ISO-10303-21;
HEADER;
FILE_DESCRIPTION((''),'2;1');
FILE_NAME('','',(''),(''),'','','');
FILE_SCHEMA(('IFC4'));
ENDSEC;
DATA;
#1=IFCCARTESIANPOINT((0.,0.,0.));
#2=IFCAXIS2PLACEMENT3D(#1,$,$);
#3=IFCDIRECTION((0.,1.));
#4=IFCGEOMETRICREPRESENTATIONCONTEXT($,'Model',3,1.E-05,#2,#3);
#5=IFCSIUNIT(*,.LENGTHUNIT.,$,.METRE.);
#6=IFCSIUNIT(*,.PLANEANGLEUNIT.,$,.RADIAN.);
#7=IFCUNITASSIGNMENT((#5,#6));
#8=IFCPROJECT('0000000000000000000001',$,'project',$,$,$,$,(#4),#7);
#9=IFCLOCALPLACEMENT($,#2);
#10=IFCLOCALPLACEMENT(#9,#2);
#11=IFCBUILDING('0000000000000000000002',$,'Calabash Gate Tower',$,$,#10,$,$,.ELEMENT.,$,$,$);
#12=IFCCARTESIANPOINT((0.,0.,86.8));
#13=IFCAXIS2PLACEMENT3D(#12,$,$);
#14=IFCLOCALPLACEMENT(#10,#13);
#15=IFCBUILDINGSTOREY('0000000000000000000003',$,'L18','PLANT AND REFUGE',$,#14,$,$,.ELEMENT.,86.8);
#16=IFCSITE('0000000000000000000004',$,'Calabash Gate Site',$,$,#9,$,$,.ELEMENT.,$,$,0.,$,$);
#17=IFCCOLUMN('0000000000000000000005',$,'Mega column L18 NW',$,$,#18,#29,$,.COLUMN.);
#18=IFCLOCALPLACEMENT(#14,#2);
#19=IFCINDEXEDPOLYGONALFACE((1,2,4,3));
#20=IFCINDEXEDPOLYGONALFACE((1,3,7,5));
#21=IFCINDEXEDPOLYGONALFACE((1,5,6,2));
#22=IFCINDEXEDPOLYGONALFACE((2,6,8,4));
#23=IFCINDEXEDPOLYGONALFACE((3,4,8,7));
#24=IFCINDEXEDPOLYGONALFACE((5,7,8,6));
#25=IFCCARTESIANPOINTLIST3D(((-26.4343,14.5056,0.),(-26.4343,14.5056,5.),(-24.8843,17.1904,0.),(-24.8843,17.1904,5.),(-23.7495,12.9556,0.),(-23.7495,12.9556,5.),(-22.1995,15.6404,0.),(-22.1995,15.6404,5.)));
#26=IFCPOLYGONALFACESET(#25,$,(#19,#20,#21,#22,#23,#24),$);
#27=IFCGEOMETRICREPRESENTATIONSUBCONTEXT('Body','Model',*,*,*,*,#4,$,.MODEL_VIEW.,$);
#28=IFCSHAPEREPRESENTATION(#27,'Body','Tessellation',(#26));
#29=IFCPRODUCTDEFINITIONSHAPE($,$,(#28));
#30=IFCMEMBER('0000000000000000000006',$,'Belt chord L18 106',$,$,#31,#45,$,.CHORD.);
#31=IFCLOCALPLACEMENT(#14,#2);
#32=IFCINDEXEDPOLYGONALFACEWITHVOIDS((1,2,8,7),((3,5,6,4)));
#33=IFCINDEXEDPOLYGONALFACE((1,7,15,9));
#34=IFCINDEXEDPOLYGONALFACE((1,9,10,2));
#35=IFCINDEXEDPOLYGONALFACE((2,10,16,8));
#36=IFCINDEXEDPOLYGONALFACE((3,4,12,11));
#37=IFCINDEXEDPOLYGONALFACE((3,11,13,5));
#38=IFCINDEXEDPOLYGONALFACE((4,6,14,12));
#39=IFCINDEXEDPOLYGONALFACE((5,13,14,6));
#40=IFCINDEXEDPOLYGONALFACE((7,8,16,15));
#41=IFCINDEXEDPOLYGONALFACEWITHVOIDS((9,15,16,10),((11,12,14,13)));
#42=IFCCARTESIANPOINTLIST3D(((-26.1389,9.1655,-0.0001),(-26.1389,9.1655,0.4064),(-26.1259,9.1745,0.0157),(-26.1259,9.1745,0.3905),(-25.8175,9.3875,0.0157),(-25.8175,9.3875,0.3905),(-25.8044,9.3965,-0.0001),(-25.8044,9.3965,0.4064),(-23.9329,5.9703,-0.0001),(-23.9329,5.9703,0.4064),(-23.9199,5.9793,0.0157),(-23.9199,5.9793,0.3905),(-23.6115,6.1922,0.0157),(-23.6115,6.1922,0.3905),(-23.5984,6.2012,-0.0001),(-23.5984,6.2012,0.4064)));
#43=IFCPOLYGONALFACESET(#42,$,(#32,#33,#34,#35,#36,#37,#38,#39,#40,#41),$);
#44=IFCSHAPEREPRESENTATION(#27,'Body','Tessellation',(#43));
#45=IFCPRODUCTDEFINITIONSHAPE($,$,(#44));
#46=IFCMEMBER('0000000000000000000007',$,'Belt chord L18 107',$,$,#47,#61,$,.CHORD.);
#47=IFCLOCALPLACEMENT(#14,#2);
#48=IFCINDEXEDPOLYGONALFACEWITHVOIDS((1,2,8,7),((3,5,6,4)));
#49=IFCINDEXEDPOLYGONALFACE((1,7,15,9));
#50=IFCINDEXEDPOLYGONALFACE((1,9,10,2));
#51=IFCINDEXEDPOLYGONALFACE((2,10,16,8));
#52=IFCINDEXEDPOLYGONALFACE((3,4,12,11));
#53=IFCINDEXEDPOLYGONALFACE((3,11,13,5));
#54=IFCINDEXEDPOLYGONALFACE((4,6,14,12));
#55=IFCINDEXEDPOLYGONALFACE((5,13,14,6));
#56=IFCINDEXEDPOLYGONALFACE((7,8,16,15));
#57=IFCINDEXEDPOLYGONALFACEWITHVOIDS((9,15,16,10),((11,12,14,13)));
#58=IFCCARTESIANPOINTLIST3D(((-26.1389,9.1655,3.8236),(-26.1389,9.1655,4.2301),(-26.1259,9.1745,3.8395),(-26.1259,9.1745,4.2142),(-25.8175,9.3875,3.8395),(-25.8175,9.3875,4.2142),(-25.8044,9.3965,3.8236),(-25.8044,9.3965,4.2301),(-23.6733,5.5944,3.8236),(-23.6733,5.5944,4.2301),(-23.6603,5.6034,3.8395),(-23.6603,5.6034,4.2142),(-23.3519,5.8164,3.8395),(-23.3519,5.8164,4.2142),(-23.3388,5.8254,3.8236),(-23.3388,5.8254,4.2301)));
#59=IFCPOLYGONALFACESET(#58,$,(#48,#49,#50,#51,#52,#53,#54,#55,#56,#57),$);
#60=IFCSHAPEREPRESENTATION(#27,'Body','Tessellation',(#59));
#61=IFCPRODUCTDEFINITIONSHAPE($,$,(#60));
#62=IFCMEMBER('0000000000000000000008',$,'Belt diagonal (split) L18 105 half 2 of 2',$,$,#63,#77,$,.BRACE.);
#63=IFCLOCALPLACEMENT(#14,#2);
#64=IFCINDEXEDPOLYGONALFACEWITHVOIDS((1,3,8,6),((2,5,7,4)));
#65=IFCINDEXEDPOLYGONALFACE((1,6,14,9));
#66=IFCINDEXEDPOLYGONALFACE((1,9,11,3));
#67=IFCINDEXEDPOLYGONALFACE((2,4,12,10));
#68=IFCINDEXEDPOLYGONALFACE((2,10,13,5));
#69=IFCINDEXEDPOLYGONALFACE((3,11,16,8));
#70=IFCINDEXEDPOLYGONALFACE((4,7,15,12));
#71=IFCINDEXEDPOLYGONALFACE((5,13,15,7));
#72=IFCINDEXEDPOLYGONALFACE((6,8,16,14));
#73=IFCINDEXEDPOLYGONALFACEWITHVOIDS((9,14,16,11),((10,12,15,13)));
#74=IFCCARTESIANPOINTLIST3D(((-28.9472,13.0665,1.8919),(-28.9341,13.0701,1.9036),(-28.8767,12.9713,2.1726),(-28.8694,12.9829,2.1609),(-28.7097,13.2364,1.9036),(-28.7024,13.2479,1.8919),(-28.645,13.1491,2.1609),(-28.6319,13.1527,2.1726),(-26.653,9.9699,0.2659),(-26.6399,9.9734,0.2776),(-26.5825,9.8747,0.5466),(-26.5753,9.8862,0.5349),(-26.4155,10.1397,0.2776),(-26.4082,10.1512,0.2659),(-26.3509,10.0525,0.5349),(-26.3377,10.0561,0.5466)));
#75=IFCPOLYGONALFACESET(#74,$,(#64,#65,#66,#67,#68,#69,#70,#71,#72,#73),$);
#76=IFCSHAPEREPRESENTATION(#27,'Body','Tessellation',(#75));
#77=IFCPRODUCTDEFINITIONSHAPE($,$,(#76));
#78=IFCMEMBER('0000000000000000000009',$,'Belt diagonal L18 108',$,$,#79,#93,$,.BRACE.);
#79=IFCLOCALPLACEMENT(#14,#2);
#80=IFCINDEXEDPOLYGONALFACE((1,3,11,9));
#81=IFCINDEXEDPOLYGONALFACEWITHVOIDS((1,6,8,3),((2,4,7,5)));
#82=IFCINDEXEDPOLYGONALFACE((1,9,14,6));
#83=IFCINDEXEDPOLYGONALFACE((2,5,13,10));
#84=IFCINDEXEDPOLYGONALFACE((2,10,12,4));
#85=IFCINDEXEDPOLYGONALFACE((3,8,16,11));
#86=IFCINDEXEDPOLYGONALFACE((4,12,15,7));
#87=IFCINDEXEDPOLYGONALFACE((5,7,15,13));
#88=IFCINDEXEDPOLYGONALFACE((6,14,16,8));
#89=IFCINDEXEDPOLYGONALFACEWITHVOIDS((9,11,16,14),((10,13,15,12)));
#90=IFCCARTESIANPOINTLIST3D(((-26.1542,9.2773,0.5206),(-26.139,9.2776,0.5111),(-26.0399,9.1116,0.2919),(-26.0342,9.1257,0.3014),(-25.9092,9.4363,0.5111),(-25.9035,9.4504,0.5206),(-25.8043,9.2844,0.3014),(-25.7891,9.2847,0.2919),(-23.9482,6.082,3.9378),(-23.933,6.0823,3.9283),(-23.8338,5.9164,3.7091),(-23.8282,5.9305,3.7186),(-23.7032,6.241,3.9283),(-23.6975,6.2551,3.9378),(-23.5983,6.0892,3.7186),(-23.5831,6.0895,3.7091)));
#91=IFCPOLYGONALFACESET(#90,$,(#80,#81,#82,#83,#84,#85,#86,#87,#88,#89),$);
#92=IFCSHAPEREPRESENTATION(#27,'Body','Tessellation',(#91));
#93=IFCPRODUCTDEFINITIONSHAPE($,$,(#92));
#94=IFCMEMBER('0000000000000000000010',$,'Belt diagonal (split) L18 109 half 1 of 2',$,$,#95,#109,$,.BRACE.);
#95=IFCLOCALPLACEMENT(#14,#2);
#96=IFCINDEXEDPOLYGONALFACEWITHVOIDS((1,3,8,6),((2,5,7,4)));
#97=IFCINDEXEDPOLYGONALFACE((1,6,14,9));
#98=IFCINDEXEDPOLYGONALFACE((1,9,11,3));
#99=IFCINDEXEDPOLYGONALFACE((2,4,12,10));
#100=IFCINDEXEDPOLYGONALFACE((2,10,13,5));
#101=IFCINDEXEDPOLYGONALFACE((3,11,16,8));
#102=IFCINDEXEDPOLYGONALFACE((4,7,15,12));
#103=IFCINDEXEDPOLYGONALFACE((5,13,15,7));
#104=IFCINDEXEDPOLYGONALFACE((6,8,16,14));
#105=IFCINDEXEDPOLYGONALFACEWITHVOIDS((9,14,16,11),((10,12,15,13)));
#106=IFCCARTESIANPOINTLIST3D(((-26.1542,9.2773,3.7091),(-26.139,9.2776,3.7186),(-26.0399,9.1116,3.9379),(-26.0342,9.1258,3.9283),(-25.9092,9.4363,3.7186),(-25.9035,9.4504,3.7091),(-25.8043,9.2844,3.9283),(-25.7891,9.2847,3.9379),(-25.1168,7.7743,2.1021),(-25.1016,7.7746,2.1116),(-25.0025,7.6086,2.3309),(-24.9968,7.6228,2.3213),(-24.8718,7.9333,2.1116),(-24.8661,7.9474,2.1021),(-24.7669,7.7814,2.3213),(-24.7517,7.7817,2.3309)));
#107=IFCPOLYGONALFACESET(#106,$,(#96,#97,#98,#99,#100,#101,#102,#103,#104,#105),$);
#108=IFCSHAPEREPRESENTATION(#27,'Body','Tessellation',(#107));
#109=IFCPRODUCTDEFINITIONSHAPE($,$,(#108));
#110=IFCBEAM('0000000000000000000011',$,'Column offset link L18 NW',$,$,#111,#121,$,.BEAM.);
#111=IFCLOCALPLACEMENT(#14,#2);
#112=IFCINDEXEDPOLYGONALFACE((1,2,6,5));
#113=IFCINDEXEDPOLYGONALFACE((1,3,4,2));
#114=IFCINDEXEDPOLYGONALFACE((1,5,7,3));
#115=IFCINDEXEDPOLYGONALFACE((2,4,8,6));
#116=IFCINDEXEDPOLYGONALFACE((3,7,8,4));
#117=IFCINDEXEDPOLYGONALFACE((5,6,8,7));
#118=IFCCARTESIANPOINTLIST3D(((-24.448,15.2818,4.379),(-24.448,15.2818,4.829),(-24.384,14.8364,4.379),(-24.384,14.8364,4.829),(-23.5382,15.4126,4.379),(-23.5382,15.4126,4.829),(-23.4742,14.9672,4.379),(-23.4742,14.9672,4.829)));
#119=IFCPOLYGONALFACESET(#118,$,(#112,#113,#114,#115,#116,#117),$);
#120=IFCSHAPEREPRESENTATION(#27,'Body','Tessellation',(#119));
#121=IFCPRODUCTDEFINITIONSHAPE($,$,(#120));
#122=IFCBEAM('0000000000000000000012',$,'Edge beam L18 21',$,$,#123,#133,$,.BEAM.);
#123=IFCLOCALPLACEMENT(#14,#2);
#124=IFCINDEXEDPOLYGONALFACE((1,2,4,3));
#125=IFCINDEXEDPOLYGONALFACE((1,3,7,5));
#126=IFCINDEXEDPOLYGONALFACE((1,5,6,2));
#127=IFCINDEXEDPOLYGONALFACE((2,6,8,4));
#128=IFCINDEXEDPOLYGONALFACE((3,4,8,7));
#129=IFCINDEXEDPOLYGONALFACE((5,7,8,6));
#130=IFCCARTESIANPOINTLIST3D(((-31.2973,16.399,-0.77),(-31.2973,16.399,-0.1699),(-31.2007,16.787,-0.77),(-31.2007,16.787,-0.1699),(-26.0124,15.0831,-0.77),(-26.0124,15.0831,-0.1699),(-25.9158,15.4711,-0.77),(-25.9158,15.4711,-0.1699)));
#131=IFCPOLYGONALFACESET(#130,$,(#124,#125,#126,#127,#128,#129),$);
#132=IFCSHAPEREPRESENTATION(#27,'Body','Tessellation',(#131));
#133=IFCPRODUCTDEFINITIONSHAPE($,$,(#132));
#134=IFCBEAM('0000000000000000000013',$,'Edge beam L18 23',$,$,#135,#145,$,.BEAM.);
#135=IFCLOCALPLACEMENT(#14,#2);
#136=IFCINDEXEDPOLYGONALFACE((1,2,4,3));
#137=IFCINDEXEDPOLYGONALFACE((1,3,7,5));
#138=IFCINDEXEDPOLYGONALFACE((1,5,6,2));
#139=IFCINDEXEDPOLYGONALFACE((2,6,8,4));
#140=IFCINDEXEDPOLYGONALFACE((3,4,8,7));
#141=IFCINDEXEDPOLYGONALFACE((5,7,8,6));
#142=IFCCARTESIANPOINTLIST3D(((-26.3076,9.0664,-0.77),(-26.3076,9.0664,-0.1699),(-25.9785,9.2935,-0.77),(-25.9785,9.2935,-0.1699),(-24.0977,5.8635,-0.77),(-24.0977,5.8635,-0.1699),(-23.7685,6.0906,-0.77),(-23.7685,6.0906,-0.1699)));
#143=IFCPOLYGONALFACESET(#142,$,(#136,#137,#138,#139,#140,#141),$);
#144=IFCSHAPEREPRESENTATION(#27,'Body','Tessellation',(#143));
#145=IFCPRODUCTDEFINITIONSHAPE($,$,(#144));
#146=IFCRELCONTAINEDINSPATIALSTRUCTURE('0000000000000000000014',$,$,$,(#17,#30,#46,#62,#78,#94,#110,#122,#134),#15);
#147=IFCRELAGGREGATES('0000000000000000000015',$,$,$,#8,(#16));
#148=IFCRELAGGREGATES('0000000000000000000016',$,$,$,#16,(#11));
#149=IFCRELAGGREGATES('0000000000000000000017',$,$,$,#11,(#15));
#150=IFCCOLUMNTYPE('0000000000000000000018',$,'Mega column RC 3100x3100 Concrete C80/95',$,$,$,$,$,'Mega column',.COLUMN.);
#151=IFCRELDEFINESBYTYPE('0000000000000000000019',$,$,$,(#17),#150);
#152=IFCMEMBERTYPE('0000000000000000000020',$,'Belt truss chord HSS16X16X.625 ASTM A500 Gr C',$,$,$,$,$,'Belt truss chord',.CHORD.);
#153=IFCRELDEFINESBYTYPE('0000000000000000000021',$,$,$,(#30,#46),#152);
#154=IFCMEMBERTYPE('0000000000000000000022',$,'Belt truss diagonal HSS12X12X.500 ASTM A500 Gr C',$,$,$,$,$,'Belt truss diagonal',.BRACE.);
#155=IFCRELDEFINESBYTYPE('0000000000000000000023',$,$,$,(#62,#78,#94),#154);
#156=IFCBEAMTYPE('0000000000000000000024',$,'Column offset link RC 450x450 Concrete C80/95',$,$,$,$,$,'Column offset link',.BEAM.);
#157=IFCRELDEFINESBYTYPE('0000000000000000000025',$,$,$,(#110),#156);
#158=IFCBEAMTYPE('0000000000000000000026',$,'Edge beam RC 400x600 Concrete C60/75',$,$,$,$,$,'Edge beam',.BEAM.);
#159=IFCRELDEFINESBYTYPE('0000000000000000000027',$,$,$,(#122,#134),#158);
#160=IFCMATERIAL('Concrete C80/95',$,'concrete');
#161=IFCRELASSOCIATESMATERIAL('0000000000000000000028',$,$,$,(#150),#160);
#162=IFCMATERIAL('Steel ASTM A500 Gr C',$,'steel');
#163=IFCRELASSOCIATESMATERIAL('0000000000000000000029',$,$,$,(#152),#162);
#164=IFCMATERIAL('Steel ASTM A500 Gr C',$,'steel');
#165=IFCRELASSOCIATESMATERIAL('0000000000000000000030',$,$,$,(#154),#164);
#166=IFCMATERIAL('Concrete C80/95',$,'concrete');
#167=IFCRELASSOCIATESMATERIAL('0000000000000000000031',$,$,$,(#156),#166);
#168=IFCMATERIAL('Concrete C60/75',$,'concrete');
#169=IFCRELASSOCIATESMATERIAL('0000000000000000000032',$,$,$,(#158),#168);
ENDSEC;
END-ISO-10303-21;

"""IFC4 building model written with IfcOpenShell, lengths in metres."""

from ifc_helpers import new_model, si_unit, direction, frame, origin, origin_2d, place, context, subcontext, project, spatial, rectangle, hollow_rectangle, extrude, material, material_profile, profile_set, type_object, element, save


model = new_model("IFC4")

# Units and contexts
model_context = context("Model", 3, precision=1e-05, world=origin(), true_north=direction((0.0, 1.0)))
body_context = subcontext(model_context, "Body", "Model", "MODEL_VIEW")
ifc_project = project(units=[si_unit("LENGTHUNIT", "METRE"), si_unit("PLANEANGLEUNIT", "RADIAN")], contexts=[model_context])

# Site, building, storey
site_placement = place(None, origin())
site = spatial("IfcSite", under=ifc_project, at=site_placement, Name="Calabash Gate Site", CompositionType="ELEMENT", RefElevation=0.0)
building_placement = place(site_placement, origin())
building = spatial("IfcBuilding", under=site, at=building_placement, Name="Calabash Gate Tower", CompositionType="ELEMENT")
storey_placement = place(building_placement, frame((0.0, 0.0, 86.8)))
storey = spatial("IfcBuildingStorey", under=building, at=storey_placement, Name="L18", Description="PLANT AND REFUGE", CompositionType="ELEMENT", Elevation=86.8)

# Column
ifc_material_1 = material(Name="Concrete C80/95", Category="concrete")
ifc_material_profile_1 = material_profile(ifc_material_1, rectangle(XDim=3.1001, YDim=3.1001, at=origin_2d()))
ifc_profile_set_1 = profile_set([ifc_material_profile_1], Name="Concrete C80/95")
column_type_1 = type_object("IfcColumnType", Name="Mega column RC 3100x3100 Concrete C80/95", ElementType="Mega column", PredefinedType="COLUMN", material=ifc_profile_set_1)
column_1_placement = place(storey_placement, frame((-24.3169, 15.073, 0.0), z_axis=(0.0, 0.0, 1.0), x_axis=(0.866025, -0.5, 0.0)))
element("IfcColumn", 1, at=column_1_placement, inside=storey, type_object=column_type_1, Name="Mega column L18 NW", PredefinedType="COLUMN", context=body_context, shape_type="SweptSolid", body=[
    extrude(rectangle(XDim=3.1001, YDim=3.1001, at=origin_2d()), origin(), (0.0, 0.0, 1.0), 5.0),
])

# Members
ifc_material_2 = material(Name="Steel ASTM A500 Gr C", Category="steel")
ifc_material_profile_2 = material_profile(ifc_material_2, hollow_rectangle(XDim=0.4065, YDim=0.4065, WallThickness=0.0159, at=origin_2d()))
ifc_profile_set_2 = profile_set([ifc_material_profile_2], Name="Steel ASTM A500 Gr C")
member_type_1 = type_object("IfcMemberType", Name="Belt truss chord HSS16X16X.625 ASTM A500 Gr C", ElementType="Belt truss chord", PredefinedType="CHORD", material=ifc_profile_set_2)
member_1_placement = place(storey_placement, frame((-25.9717, 9.281, 0.2031), z_axis=(0.56815, -0.822925, 0.0), x_axis=(0.822925, 0.56815, 0.0)))
element("IfcMember", 2, at=member_1_placement, inside=storey, type_object=member_type_1, Name="Belt chord L18 106", PredefinedType="CHORD", context=body_context, shape_type="SweptSolid", body=[
    extrude(hollow_rectangle(XDim=0.4065, YDim=0.4065, WallThickness=0.0159, at=origin_2d()), origin(), (0.0, 0.0, 1.0), 3.8828),
])
member_2_placement = place(storey_placement, frame((-25.9717, 9.281, 4.0269), z_axis=(0.568168, -0.822913, 0.0), x_axis=(0.822913, 0.568168, 0.0)))
element("IfcMember", 3, at=member_2_placement, inside=storey, type_object=member_type_1, Name="Belt chord L18 107", PredefinedType="CHORD", context=body_context, shape_type="SweptSolid", body=[
    extrude(hollow_rectangle(XDim=0.4065, YDim=0.4065, WallThickness=0.0159, at=origin_2d()), origin(), (0.0, 0.0, 1.0), 4.3396),
])
ifc_material_3 = material(Name="Steel ASTM A500 Gr C", Category="steel")
ifc_material_profile_3 = material_profile(ifc_material_3, hollow_rectangle(XDim=0.3047, YDim=0.3047, WallThickness=0.0127, at=origin_2d()))
ifc_profile_set_3 = profile_set([ifc_material_profile_3], Name="Steel ASTM A500 Gr C")
member_type_2 = type_object("IfcMemberType", Name="Belt truss diagonal HSS12X12X.500 ASTM A500 Gr C", ElementType="Belt truss diagonal", PredefinedType="BRACE", material=ifc_profile_set_3)
member_3_placement = place(storey_placement, frame((-28.7896, 13.1096, 2.0322), z_axis=(0.548471, -0.740321, -0.388721), x_axis=(0.803513, 0.595287, 0.0)))
element("IfcMember", 4, at=member_3_placement, inside=storey, type_object=member_type_2, Name="Belt diagonal (split) L18 105 half 2 of 2", PredefinedType="BRACE", context=body_context, shape_type="SweptSolid", body=[
    extrude(hollow_rectangle(XDim=0.3047, YDim=0.3047, WallThickness=0.0127, at=origin_2d()), origin(), (0.0, 0.0, 1.0), 4.1829),
])
member_4_placement = place(storey_placement, frame((-25.9717, 9.281, 0.4062), z_axis=(0.426501, -0.617757, 0.660662), x_axis=(0.822925, 0.56815, 0.0)))
element("IfcMember", 5, at=member_4_placement, inside=storey, type_object=member_type_2, Name="Belt diagonal L18 108", PredefinedType="BRACE", context=body_context, shape_type="SweptSolid", body=[
    extrude(hollow_rectangle(XDim=0.3047, YDim=0.3047, WallThickness=0.0127, at=origin_2d()), origin(), (0.0, 0.0, 1.0), 5.1724),
])
member_5_placement = place(storey_placement, frame((-25.9717, 9.281, 3.8235), z_axis=(0.426453, -0.61785, -0.660605), x_axis=(0.822995, 0.568048, 0.0)))
element("IfcMember", 6, at=member_5_placement, inside=storey, type_object=member_type_2, Name="Belt diagonal (split) L18 109 half 1 of 2", PredefinedType="BRACE", context=body_context, shape_type="SweptSolid", body=[
    extrude(hollow_rectangle(XDim=0.3047, YDim=0.3047, WallThickness=0.0127, at=origin_2d()), origin(), (0.0, 0.0, 1.0), 2.4326),
])

# Beams
ifc_material_4 = material(Name="Concrete C80/95", Category="concrete")
ifc_material_profile_4 = material_profile(ifc_material_4, rectangle(XDim=0.45, YDim=0.45, at=origin_2d()))
ifc_profile_set_4 = profile_set([ifc_material_profile_4], Name="Concrete C80/95")
beam_type_1 = type_object("IfcBeamType", Name="Column offset link RC 450x450 Concrete C80/95", ElementType="Column offset link", PredefinedType="BEAM", material=ifc_profile_set_4)
beam_1_placement = place(storey_placement, frame((-24.416, 15.0591, 4.604), z_axis=(0.989816, 0.142351, 0.0), x_axis=(-0.142351, 0.989816, 0.0)))
element("IfcBeam", 7, at=beam_1_placement, inside=storey, type_object=beam_type_1, Name="Column offset link L18 NW", PredefinedType="BEAM", context=body_context, shape_type="SweptSolid", body=[
    extrude(rectangle(XDim=0.45, YDim=0.45, at=origin_2d()), origin(), (0.0, 0.0, 1.0), 0.9192),
])
ifc_material_5 = material(Name="Concrete C60/75", Category="concrete")
ifc_material_profile_5 = material_profile(ifc_material_5, rectangle(XDim=0.3999, YDim=0.6001, at=origin_2d()))
ifc_profile_set_5 = profile_set([ifc_material_profile_5], Name="Concrete C60/75")
beam_type_2 = type_object("IfcBeamType", Name="Edge beam RC 400x600 Concrete C60/75", ElementType="Edge beam", PredefinedType="BEAM", material=ifc_profile_set_5)
beam_2_placement = place(storey_placement, frame((-25.9641, 15.2771, -0.47), z_axis=(-0.970371, 0.241618, 0.0), x_axis=(-0.241618, -0.970371, 0.0)))
element("IfcBeam", 8, at=beam_2_placement, inside=storey, type_object=beam_type_2, Name="Edge beam L18 21", PredefinedType="BEAM", context=body_context, shape_type="SweptSolid", body=[
    extrude(rectangle(XDim=0.3999, YDim=0.6001, at=origin_2d()), origin(), (0.0, 0.0, 1.0), 5.4463),
])
beam_3_placement = place(storey_placement, frame((-26.1431, 9.1799, -0.47), z_axis=(0.567921, -0.823083, 0.0), x_axis=(0.823083, 0.567921, 0.0)))
element("IfcBeam", 9, at=beam_3_placement, inside=storey, type_object=beam_type_2, Name="Edge beam L18 23", PredefinedType="BEAM", context=body_context, shape_type="SweptSolid", body=[
    extrude(rectangle(XDim=0.3999, YDim=0.6001, at=origin_2d()), origin(), (0.0, 0.0, 1.0), 3.8914),
])

save(model, "model.ifc")
